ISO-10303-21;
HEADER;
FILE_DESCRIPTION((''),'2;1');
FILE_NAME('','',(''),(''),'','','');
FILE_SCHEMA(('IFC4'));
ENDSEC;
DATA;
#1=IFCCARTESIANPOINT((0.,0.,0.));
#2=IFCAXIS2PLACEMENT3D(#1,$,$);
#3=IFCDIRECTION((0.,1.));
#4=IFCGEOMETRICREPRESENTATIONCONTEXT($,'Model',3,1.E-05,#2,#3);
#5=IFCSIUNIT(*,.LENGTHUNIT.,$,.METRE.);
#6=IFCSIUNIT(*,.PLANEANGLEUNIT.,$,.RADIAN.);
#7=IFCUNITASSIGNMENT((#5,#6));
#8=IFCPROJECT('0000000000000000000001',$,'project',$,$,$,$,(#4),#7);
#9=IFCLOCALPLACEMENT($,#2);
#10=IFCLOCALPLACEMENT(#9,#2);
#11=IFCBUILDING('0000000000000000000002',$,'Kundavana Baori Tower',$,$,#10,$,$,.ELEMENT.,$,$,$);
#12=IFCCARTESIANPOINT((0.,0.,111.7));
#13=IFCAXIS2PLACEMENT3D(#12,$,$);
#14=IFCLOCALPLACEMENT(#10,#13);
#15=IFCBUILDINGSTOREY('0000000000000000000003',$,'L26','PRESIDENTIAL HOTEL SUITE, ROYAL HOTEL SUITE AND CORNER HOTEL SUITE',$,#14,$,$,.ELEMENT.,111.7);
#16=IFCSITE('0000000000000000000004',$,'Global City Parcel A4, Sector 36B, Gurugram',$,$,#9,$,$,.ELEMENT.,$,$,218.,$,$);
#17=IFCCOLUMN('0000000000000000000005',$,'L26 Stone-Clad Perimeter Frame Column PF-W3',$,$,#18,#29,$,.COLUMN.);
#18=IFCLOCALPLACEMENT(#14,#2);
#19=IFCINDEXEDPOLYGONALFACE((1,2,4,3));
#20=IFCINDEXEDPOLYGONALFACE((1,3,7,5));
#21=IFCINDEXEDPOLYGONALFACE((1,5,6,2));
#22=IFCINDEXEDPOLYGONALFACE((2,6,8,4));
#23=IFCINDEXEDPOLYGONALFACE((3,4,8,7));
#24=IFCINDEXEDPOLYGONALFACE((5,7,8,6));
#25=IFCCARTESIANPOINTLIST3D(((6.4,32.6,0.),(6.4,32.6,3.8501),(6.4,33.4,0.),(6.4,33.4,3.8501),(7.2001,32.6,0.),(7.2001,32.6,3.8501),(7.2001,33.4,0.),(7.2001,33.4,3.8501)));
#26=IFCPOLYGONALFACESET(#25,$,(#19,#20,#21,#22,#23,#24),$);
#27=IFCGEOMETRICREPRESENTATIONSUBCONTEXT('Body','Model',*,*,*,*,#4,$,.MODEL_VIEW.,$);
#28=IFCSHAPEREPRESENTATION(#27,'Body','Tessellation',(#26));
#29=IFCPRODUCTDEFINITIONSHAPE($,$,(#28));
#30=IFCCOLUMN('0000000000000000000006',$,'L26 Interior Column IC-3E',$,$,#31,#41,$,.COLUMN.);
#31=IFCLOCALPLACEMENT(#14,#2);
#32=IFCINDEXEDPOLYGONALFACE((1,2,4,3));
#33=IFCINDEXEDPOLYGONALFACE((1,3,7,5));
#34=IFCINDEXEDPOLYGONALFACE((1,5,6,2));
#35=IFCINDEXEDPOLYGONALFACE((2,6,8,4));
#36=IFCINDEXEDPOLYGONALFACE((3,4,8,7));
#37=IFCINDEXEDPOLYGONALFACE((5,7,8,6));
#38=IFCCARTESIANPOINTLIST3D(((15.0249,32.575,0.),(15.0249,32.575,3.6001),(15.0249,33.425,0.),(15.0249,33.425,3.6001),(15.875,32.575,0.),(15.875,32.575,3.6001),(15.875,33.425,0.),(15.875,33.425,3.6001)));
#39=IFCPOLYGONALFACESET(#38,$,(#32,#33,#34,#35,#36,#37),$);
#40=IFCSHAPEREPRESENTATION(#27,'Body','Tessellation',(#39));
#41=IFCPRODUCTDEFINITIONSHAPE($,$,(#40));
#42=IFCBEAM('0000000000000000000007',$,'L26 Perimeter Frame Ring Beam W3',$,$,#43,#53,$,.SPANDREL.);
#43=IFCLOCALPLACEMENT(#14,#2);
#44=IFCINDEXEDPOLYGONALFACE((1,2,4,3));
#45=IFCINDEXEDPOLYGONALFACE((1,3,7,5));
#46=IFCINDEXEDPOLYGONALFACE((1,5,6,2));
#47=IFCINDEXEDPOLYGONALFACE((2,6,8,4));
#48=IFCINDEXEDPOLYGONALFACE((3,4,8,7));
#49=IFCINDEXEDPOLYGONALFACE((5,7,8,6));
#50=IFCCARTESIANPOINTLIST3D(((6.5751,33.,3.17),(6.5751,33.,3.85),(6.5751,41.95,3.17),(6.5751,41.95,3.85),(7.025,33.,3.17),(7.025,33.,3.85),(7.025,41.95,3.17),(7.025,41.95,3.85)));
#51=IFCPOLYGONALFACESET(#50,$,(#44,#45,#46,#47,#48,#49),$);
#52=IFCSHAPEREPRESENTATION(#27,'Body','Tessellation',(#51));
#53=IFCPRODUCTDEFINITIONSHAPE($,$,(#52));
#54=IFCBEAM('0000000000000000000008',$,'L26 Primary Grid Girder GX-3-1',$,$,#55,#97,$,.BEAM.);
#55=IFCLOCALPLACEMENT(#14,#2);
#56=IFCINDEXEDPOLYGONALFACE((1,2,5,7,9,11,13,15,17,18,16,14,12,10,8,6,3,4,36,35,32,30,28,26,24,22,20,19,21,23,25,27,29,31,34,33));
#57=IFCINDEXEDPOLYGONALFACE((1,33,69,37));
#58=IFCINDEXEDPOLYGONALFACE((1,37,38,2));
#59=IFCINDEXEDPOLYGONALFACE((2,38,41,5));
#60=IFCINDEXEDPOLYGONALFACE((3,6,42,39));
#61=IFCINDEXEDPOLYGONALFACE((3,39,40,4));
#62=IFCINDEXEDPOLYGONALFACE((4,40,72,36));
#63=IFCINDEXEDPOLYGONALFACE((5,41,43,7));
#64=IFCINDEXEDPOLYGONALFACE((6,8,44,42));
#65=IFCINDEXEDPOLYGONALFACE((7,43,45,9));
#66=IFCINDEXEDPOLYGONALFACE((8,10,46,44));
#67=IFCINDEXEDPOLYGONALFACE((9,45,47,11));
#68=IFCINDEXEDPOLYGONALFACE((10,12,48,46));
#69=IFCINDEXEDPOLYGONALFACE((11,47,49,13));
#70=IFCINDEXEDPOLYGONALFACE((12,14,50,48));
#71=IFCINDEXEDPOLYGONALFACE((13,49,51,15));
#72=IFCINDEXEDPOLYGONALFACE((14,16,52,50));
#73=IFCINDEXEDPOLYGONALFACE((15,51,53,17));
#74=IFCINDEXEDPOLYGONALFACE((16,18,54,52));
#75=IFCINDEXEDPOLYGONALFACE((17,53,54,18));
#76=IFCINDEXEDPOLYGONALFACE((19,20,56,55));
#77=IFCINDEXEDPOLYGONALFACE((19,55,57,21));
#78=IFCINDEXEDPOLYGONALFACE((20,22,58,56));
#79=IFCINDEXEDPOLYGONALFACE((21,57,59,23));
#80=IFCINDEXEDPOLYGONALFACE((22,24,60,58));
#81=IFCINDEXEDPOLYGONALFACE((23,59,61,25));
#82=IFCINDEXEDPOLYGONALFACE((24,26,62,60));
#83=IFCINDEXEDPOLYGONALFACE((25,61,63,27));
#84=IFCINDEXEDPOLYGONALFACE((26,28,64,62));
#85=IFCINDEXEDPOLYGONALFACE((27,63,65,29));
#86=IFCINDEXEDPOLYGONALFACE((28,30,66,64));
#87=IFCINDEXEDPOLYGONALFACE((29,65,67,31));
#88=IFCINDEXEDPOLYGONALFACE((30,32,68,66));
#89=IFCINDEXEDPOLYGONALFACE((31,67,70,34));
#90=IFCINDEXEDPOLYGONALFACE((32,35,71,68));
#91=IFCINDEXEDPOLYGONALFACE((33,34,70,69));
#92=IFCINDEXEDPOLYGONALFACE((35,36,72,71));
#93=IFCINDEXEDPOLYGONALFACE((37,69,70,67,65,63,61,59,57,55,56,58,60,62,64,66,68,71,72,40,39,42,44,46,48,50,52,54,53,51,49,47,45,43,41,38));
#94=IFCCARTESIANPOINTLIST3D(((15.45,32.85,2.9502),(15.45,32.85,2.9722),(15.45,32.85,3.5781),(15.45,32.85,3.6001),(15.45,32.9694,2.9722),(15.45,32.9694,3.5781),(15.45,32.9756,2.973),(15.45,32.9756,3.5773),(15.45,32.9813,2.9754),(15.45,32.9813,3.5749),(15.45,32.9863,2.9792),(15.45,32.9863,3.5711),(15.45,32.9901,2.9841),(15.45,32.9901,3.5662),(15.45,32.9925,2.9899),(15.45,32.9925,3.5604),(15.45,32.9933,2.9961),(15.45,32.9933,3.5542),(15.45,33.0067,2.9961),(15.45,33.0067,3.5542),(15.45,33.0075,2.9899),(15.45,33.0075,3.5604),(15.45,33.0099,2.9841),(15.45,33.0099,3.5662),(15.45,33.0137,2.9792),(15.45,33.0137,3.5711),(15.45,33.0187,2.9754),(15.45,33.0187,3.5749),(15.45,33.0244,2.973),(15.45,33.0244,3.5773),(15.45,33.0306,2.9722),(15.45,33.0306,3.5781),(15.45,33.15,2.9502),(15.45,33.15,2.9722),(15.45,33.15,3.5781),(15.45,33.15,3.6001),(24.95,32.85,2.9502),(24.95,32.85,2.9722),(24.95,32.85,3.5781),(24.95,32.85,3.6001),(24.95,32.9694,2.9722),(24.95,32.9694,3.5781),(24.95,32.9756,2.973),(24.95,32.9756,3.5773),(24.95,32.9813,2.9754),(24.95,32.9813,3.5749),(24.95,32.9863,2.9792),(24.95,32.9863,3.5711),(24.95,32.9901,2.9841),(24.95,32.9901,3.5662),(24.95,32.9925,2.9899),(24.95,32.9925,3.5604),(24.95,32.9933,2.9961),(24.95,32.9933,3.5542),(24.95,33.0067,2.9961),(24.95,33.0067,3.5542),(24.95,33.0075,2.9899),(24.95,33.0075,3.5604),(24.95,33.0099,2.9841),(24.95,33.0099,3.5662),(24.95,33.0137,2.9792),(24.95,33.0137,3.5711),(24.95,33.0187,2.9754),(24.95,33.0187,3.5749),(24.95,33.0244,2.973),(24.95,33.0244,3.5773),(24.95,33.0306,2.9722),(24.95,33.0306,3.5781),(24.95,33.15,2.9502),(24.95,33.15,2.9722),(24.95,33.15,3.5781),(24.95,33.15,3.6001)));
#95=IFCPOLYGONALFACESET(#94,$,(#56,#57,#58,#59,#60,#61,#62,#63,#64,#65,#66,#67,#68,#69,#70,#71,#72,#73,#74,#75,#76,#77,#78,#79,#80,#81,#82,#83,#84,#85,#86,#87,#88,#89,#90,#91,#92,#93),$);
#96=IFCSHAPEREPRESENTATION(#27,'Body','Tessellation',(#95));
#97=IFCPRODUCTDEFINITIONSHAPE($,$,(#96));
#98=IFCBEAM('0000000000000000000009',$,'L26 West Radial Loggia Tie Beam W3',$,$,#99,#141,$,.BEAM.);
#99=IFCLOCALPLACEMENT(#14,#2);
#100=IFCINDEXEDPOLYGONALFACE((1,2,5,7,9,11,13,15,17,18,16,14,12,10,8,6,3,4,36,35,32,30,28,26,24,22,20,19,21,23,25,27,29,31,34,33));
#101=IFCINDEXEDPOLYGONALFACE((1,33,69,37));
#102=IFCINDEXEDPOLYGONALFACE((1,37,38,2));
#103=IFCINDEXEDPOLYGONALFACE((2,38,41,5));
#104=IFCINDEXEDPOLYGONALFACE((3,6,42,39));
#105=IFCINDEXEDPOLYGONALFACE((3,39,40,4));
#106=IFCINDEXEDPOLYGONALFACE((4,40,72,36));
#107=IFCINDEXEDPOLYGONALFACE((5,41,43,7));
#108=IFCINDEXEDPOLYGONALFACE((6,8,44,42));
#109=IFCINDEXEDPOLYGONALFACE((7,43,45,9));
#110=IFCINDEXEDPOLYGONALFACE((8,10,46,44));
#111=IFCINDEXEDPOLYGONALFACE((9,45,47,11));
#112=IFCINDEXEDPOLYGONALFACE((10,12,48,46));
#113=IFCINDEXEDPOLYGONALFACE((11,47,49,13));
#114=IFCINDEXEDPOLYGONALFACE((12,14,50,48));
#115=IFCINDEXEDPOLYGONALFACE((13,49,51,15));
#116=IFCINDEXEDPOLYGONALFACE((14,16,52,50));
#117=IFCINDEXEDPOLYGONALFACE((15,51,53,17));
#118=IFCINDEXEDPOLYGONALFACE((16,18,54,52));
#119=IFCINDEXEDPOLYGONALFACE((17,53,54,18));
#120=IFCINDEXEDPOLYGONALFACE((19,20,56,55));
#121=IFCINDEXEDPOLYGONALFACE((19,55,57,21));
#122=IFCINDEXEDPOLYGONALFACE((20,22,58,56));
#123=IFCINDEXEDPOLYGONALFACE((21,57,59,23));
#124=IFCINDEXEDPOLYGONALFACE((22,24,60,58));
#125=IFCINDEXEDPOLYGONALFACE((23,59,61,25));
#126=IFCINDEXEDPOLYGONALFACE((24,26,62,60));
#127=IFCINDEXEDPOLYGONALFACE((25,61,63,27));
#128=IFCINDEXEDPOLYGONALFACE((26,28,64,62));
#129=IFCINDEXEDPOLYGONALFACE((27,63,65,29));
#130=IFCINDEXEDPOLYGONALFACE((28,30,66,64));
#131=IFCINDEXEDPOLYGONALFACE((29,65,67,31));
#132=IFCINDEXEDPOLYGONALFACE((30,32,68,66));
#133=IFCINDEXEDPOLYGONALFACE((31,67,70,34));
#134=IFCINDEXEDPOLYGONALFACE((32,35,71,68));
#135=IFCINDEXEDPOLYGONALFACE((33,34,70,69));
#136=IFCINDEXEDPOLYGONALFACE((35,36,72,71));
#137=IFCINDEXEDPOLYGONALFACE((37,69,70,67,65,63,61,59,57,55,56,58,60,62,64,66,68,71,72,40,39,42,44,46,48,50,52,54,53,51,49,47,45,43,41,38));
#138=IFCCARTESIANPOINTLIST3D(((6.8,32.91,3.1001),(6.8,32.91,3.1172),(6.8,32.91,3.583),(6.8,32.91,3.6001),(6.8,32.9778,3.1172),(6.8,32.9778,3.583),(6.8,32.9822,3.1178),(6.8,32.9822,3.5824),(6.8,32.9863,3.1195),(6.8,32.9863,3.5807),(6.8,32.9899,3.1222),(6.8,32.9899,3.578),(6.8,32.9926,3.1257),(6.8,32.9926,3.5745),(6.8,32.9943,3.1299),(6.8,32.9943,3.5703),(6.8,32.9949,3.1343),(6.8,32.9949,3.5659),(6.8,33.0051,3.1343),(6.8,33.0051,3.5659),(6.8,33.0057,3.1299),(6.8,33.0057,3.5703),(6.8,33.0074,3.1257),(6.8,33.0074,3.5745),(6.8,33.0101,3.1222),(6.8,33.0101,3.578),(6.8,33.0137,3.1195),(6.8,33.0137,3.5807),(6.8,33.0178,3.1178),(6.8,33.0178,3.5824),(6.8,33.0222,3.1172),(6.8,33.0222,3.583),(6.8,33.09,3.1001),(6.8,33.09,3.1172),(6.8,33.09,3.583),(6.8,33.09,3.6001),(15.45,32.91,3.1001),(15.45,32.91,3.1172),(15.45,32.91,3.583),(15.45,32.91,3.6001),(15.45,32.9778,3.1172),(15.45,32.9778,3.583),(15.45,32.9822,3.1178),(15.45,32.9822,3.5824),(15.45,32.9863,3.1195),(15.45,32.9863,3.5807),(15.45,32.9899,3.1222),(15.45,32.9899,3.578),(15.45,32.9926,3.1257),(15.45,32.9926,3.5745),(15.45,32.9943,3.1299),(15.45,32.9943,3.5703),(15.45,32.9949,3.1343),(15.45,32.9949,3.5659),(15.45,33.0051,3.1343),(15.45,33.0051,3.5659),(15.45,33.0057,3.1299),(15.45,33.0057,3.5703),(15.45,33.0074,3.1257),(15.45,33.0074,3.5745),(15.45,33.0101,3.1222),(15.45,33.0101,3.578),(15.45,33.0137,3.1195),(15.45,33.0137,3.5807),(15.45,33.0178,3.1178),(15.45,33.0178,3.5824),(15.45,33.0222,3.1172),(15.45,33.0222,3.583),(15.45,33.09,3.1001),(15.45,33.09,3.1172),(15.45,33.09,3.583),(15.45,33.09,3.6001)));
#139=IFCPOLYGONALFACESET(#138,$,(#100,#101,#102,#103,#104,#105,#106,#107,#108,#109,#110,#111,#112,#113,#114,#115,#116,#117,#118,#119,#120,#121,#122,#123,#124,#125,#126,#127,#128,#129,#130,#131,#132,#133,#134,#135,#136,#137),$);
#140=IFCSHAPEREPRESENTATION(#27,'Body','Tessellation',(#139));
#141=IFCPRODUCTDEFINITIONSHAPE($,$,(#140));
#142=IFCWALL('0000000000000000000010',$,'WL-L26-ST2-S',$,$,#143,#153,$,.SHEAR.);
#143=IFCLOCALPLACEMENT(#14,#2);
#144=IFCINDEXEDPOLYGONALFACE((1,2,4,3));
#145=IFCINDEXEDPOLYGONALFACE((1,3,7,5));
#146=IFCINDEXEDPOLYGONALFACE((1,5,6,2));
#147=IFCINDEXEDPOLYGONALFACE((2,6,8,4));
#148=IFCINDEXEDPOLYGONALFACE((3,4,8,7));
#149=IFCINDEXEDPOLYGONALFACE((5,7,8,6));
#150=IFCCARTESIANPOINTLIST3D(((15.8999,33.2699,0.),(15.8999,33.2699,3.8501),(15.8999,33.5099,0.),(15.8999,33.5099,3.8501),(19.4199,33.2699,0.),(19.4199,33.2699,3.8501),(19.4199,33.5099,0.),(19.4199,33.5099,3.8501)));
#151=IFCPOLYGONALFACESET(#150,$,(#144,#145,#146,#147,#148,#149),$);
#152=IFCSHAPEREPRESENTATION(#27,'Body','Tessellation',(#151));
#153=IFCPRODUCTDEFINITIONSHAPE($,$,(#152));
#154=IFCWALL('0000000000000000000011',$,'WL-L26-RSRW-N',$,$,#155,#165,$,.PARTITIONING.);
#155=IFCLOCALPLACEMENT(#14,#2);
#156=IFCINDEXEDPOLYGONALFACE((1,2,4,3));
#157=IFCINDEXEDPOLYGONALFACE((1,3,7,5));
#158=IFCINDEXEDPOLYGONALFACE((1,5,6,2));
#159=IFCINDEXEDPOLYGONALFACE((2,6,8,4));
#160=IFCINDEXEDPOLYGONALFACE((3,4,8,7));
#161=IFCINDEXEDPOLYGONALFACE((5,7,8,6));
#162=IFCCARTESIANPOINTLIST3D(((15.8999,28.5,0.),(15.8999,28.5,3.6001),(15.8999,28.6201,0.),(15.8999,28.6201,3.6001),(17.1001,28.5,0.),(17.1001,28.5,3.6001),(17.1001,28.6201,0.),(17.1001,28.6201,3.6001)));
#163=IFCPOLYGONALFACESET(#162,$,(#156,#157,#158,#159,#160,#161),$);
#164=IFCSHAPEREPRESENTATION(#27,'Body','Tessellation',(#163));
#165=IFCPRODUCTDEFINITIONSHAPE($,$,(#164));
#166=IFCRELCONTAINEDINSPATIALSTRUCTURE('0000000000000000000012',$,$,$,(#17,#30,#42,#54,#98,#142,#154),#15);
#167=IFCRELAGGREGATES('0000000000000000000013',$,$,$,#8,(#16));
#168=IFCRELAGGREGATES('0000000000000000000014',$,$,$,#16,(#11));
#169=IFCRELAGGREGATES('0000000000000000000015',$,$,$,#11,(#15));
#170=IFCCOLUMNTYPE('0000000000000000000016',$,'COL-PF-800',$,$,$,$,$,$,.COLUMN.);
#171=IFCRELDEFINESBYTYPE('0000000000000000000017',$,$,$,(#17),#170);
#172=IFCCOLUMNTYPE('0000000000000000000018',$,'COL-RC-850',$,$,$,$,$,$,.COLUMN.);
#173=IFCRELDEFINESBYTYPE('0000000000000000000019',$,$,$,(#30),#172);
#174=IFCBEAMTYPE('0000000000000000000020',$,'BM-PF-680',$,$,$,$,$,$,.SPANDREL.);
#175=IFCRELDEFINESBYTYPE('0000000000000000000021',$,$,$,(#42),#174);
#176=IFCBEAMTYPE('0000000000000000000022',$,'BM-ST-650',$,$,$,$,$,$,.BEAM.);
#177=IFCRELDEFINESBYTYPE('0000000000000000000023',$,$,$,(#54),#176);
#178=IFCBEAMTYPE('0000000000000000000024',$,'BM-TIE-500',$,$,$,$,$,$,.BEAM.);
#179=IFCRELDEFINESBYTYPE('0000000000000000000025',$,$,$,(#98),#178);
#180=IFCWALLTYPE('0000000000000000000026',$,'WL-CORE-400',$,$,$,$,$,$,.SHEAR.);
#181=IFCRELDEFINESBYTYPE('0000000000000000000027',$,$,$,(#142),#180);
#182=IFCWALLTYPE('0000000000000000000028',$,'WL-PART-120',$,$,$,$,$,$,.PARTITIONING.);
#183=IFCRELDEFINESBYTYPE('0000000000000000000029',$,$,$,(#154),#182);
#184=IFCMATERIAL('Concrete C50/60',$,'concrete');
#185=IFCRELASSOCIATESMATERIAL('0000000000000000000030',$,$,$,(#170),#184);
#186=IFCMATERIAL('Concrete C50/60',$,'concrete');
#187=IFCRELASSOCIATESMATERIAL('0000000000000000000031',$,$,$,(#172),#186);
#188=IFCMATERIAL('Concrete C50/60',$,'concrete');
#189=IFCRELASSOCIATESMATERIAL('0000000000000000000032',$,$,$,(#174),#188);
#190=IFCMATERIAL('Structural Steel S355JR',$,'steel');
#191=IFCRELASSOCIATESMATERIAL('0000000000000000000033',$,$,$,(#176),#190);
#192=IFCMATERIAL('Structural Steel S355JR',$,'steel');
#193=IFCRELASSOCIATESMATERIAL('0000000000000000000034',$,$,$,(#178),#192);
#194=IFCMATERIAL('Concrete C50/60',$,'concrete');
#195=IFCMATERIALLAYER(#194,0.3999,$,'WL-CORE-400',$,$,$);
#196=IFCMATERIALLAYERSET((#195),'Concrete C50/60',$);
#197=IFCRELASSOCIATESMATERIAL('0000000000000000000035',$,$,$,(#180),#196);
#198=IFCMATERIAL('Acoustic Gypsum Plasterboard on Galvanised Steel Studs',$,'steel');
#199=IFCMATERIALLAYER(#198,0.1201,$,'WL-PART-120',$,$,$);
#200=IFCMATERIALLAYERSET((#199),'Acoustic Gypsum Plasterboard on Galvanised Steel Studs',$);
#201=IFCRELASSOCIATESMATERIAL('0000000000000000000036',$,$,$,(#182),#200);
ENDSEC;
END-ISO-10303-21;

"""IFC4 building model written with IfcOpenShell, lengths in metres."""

from ifc_helpers import new_model, si_unit, direction, frame, frame_2d, origin, origin_2d, place, context, subcontext, project, spatial, rectangle, i_section, extrude, material, layer, layer_set, material_profile, profile_set, type_object, element, save


model = new_model("IFC4")

# Units and contexts
model_context = context("Model", 3, precision=1e-05, world=origin(), true_north=direction((0.0, 1.0)))
body_context = subcontext(model_context, "Body", "Model", "MODEL_VIEW")
ifc_project = project(units=[si_unit("LENGTHUNIT", "METRE"), si_unit("PLANEANGLEUNIT", "RADIAN")], contexts=[model_context])

# Site, building, storey
site_placement = place(None, origin())
site = spatial("IfcSite", under=ifc_project, at=site_placement, Name="Global City Parcel A4, Sector 36B, Gurugram", CompositionType="ELEMENT", RefElevation=218.0)
building_placement = place(site_placement, origin())
building = spatial("IfcBuilding", under=site, at=building_placement, Name="Kundavana Baori Tower", CompositionType="ELEMENT")
storey_placement = place(building_placement, frame((0.0, 0.0, 111.7)))
storey = spatial("IfcBuildingStorey", under=building, at=storey_placement, Name="L26", Description="PRESIDENTIAL HOTEL SUITE, ROYAL HOTEL SUITE AND CORNER HOTEL SUITE", CompositionType="ELEMENT", Elevation=111.7)

# Columns
ifc_material_1 = material(Name="Concrete C50/60", Category="concrete")
ifc_material_profile_1 = material_profile(ifc_material_1, rectangle(XDim=0.8, YDim=0.8, at=origin_2d()), Name="RC PF 800x800")
ifc_profile_set_1 = profile_set([ifc_material_profile_1], Name="Concrete C50/60")
column_type_1 = type_object("IfcColumnType", Name="COL-PF-800", PredefinedType="COLUMN", material=ifc_profile_set_1)
column_1_placement = place(storey_placement, frame((6.8, 33.0, 0.0), z_axis=(0.0, 0.0, 1.0), x_axis=(1.0, 0.0, 0.0)))
element("IfcColumn", 1, at=column_1_placement, inside=storey, type_object=column_type_1, Name="L26 Stone-Clad Perimeter Frame Column PF-W3", PredefinedType="COLUMN", context=body_context, shape_type="SweptSolid", body=[
    extrude(rectangle(XDim=0.8, YDim=0.8, at=origin_2d()), origin(), (0.0, 0.0, 1.0), 3.8501),
])
ifc_material_2 = material(Name="Concrete C50/60", Category="concrete")
ifc_material_profile_2 = material_profile(ifc_material_2, rectangle(XDim=0.8501, YDim=0.8501, at=origin_2d()), Name="RC 850x850")
ifc_profile_set_2 = profile_set([ifc_material_profile_2], Name="Concrete C50/60")
column_type_2 = type_object("IfcColumnType", Name="COL-RC-850", PredefinedType="COLUMN", material=ifc_profile_set_2)
column_2_placement = place(storey_placement, frame((15.45, 33.0, 0.0), z_axis=(0.0, 0.0, 1.0), x_axis=(1.0, 0.0, 0.0)))
element("IfcColumn", 2, at=column_2_placement, inside=storey, type_object=column_type_2, Name="L26 Interior Column IC-3E", PredefinedType="COLUMN", context=body_context, shape_type="SweptSolid", body=[
    extrude(rectangle(XDim=0.8501, YDim=0.8501, at=origin_2d()), origin(), (0.0, 0.0, 1.0), 3.6001),
])

# Beams
ifc_material_3 = material(Name="Concrete C50/60", Category="concrete")
ifc_material_profile_3 = material_profile(ifc_material_3, rectangle(XDim=0.45, YDim=0.6799, at=origin_2d()), Name="RC BM 450x680")
ifc_profile_set_3 = profile_set([ifc_material_profile_3], Name="Concrete C50/60")
beam_type_1 = type_object("IfcBeamType", Name="BM-PF-680", PredefinedType="SPANDREL", material=ifc_profile_set_3)
beam_1_placement = place(storey_placement, frame((6.8, 33.0, 3.51), z_axis=(0.0, 1.0, 0.0), x_axis=(-1.0, 0.0, 0.0)))
element("IfcBeam", 3, at=beam_1_placement, inside=storey, type_object=beam_type_1, Name="L26 Perimeter Frame Ring Beam W3", PredefinedType="SPANDREL", context=body_context, shape_type="SweptSolid", body=[
    extrude(rectangle(XDim=0.45, YDim=0.6799, at=origin_2d()), origin(), (0.0, 0.0, 1.0), 8.95),
])
ifc_material_4 = material(Name="Structural Steel S355JR", Category="steel")
ifc_material_profile_4 = material_profile(ifc_material_4, i_section(OverallWidth=0.3, OverallDepth=0.6499, WebThickness=0.0134, FlangeThickness=0.022, FilletRadius=0.0239, at=origin_2d()), Name="NPB 650x300x155")
ifc_profile_set_4 = profile_set([ifc_material_profile_4], Name="Structural Steel S355JR")
beam_type_2 = type_object("IfcBeamType", Name="BM-ST-650", PredefinedType="BEAM", material=ifc_profile_set_4)
beam_2_placement = place(storey_placement, frame((15.45, 33.0, 3.2751), z_axis=(1.0, 0.0, 0.0), x_axis=(0.0, 1.0, 0.0)))
element("IfcBeam", 4, at=beam_2_placement, inside=storey, type_object=beam_type_2, Name="L26 Primary Grid Girder GX-3-1", PredefinedType="BEAM", context=body_context, shape_type="SweptSolid", body=[
    extrude(i_section(OverallWidth=0.3, OverallDepth=0.6499, WebThickness=0.0134, FlangeThickness=0.022, FilletRadius=0.0239, at=origin_2d()), origin(), (0.0, 0.0, 1.0), 9.5),
])
ifc_material_5 = material(Name="Structural Steel S355JR", Category="steel")
ifc_material_profile_5 = material_profile(ifc_material_5, i_section(OverallWidth=0.1799, OverallDepth=0.5, WebThickness=0.0103, FlangeThickness=0.0171, FilletRadius=0.0171, at=origin_2d()), Name="ISMB 500")
ifc_profile_set_5 = profile_set([ifc_material_profile_5], Name="Structural Steel S355JR")
beam_type_3 = type_object("IfcBeamType", Name="BM-TIE-500", PredefinedType="BEAM", material=ifc_profile_set_5)
beam_3_placement = place(storey_placement, frame((15.45, 33.0, 3.3501), z_axis=(-1.0, 0.0, 0.0), x_axis=(0.0, -1.0, 0.0)))
element("IfcBeam", 5, at=beam_3_placement, inside=storey, type_object=beam_type_3, Name="L26 West Radial Loggia Tie Beam W3", PredefinedType="BEAM", context=body_context, shape_type="SweptSolid", body=[
    extrude(i_section(OverallWidth=0.1799, OverallDepth=0.5, WebThickness=0.0103, FlangeThickness=0.0171, FilletRadius=0.0171, at=origin_2d()), origin(), (0.0, 0.0, 1.0), 8.6499),
])

# Walls
ifc_material_6 = material(Name="Concrete C50/60", Category="concrete")
ifc_layer_1 = layer(ifc_material_6, 0.3999, Name="WL-CORE-400")
ifc_layer_set_1 = layer_set([ifc_layer_1], Name="Concrete C50/60")
wall_type_1 = type_object("IfcWallType", Name="WL-CORE-400", PredefinedType="SHEAR", material=ifc_layer_set_1)
wall_1_placement = place(storey_placement, frame((15.8999, 33.3899, 0.0), z_axis=(0.0, 0.0, 1.0), x_axis=(1.0, 0.0, 0.0)))
element("IfcWall", 6, at=wall_1_placement, inside=storey, type_object=wall_type_1, Name="WL-L26-ST2-S", PredefinedType="SHEAR", context=body_context, shape_type="SweptSolid", body=[
    extrude(rectangle(XDim=3.52, YDim=0.24, at=frame_2d((1.76, 0.0))), origin(), (0.0, 0.0, 1.0), 3.8501),
])
ifc_material_7 = material(Name="Acoustic Gypsum Plasterboard on Galvanised Steel Studs", Category="steel")
ifc_layer_2 = layer(ifc_material_7, 0.1201, Name="WL-PART-120")
ifc_layer_set_2 = layer_set([ifc_layer_2], Name="Acoustic Gypsum Plasterboard on Galvanised Steel Studs")
wall_type_2 = type_object("IfcWallType", Name="WL-PART-120", PredefinedType="PARTITIONING", material=ifc_layer_set_2)
wall_2_placement = place(storey_placement, frame((15.8999, 28.5601, 0.0), z_axis=(0.0, 0.0, 1.0), x_axis=(1.0, 0.0, 0.0)))
element("IfcWall", 7, at=wall_2_placement, inside=storey, type_object=wall_type_2, Name="WL-L26-RSRW-N", PredefinedType="PARTITIONING", context=body_context, shape_type="SweptSolid", body=[
    extrude(rectangle(XDim=1.2002, YDim=0.1201, at=frame_2d((0.6001, 0.0))), origin(), (0.0, 0.0, 1.0), 3.6001),
])

save(model, "model.ifc")
